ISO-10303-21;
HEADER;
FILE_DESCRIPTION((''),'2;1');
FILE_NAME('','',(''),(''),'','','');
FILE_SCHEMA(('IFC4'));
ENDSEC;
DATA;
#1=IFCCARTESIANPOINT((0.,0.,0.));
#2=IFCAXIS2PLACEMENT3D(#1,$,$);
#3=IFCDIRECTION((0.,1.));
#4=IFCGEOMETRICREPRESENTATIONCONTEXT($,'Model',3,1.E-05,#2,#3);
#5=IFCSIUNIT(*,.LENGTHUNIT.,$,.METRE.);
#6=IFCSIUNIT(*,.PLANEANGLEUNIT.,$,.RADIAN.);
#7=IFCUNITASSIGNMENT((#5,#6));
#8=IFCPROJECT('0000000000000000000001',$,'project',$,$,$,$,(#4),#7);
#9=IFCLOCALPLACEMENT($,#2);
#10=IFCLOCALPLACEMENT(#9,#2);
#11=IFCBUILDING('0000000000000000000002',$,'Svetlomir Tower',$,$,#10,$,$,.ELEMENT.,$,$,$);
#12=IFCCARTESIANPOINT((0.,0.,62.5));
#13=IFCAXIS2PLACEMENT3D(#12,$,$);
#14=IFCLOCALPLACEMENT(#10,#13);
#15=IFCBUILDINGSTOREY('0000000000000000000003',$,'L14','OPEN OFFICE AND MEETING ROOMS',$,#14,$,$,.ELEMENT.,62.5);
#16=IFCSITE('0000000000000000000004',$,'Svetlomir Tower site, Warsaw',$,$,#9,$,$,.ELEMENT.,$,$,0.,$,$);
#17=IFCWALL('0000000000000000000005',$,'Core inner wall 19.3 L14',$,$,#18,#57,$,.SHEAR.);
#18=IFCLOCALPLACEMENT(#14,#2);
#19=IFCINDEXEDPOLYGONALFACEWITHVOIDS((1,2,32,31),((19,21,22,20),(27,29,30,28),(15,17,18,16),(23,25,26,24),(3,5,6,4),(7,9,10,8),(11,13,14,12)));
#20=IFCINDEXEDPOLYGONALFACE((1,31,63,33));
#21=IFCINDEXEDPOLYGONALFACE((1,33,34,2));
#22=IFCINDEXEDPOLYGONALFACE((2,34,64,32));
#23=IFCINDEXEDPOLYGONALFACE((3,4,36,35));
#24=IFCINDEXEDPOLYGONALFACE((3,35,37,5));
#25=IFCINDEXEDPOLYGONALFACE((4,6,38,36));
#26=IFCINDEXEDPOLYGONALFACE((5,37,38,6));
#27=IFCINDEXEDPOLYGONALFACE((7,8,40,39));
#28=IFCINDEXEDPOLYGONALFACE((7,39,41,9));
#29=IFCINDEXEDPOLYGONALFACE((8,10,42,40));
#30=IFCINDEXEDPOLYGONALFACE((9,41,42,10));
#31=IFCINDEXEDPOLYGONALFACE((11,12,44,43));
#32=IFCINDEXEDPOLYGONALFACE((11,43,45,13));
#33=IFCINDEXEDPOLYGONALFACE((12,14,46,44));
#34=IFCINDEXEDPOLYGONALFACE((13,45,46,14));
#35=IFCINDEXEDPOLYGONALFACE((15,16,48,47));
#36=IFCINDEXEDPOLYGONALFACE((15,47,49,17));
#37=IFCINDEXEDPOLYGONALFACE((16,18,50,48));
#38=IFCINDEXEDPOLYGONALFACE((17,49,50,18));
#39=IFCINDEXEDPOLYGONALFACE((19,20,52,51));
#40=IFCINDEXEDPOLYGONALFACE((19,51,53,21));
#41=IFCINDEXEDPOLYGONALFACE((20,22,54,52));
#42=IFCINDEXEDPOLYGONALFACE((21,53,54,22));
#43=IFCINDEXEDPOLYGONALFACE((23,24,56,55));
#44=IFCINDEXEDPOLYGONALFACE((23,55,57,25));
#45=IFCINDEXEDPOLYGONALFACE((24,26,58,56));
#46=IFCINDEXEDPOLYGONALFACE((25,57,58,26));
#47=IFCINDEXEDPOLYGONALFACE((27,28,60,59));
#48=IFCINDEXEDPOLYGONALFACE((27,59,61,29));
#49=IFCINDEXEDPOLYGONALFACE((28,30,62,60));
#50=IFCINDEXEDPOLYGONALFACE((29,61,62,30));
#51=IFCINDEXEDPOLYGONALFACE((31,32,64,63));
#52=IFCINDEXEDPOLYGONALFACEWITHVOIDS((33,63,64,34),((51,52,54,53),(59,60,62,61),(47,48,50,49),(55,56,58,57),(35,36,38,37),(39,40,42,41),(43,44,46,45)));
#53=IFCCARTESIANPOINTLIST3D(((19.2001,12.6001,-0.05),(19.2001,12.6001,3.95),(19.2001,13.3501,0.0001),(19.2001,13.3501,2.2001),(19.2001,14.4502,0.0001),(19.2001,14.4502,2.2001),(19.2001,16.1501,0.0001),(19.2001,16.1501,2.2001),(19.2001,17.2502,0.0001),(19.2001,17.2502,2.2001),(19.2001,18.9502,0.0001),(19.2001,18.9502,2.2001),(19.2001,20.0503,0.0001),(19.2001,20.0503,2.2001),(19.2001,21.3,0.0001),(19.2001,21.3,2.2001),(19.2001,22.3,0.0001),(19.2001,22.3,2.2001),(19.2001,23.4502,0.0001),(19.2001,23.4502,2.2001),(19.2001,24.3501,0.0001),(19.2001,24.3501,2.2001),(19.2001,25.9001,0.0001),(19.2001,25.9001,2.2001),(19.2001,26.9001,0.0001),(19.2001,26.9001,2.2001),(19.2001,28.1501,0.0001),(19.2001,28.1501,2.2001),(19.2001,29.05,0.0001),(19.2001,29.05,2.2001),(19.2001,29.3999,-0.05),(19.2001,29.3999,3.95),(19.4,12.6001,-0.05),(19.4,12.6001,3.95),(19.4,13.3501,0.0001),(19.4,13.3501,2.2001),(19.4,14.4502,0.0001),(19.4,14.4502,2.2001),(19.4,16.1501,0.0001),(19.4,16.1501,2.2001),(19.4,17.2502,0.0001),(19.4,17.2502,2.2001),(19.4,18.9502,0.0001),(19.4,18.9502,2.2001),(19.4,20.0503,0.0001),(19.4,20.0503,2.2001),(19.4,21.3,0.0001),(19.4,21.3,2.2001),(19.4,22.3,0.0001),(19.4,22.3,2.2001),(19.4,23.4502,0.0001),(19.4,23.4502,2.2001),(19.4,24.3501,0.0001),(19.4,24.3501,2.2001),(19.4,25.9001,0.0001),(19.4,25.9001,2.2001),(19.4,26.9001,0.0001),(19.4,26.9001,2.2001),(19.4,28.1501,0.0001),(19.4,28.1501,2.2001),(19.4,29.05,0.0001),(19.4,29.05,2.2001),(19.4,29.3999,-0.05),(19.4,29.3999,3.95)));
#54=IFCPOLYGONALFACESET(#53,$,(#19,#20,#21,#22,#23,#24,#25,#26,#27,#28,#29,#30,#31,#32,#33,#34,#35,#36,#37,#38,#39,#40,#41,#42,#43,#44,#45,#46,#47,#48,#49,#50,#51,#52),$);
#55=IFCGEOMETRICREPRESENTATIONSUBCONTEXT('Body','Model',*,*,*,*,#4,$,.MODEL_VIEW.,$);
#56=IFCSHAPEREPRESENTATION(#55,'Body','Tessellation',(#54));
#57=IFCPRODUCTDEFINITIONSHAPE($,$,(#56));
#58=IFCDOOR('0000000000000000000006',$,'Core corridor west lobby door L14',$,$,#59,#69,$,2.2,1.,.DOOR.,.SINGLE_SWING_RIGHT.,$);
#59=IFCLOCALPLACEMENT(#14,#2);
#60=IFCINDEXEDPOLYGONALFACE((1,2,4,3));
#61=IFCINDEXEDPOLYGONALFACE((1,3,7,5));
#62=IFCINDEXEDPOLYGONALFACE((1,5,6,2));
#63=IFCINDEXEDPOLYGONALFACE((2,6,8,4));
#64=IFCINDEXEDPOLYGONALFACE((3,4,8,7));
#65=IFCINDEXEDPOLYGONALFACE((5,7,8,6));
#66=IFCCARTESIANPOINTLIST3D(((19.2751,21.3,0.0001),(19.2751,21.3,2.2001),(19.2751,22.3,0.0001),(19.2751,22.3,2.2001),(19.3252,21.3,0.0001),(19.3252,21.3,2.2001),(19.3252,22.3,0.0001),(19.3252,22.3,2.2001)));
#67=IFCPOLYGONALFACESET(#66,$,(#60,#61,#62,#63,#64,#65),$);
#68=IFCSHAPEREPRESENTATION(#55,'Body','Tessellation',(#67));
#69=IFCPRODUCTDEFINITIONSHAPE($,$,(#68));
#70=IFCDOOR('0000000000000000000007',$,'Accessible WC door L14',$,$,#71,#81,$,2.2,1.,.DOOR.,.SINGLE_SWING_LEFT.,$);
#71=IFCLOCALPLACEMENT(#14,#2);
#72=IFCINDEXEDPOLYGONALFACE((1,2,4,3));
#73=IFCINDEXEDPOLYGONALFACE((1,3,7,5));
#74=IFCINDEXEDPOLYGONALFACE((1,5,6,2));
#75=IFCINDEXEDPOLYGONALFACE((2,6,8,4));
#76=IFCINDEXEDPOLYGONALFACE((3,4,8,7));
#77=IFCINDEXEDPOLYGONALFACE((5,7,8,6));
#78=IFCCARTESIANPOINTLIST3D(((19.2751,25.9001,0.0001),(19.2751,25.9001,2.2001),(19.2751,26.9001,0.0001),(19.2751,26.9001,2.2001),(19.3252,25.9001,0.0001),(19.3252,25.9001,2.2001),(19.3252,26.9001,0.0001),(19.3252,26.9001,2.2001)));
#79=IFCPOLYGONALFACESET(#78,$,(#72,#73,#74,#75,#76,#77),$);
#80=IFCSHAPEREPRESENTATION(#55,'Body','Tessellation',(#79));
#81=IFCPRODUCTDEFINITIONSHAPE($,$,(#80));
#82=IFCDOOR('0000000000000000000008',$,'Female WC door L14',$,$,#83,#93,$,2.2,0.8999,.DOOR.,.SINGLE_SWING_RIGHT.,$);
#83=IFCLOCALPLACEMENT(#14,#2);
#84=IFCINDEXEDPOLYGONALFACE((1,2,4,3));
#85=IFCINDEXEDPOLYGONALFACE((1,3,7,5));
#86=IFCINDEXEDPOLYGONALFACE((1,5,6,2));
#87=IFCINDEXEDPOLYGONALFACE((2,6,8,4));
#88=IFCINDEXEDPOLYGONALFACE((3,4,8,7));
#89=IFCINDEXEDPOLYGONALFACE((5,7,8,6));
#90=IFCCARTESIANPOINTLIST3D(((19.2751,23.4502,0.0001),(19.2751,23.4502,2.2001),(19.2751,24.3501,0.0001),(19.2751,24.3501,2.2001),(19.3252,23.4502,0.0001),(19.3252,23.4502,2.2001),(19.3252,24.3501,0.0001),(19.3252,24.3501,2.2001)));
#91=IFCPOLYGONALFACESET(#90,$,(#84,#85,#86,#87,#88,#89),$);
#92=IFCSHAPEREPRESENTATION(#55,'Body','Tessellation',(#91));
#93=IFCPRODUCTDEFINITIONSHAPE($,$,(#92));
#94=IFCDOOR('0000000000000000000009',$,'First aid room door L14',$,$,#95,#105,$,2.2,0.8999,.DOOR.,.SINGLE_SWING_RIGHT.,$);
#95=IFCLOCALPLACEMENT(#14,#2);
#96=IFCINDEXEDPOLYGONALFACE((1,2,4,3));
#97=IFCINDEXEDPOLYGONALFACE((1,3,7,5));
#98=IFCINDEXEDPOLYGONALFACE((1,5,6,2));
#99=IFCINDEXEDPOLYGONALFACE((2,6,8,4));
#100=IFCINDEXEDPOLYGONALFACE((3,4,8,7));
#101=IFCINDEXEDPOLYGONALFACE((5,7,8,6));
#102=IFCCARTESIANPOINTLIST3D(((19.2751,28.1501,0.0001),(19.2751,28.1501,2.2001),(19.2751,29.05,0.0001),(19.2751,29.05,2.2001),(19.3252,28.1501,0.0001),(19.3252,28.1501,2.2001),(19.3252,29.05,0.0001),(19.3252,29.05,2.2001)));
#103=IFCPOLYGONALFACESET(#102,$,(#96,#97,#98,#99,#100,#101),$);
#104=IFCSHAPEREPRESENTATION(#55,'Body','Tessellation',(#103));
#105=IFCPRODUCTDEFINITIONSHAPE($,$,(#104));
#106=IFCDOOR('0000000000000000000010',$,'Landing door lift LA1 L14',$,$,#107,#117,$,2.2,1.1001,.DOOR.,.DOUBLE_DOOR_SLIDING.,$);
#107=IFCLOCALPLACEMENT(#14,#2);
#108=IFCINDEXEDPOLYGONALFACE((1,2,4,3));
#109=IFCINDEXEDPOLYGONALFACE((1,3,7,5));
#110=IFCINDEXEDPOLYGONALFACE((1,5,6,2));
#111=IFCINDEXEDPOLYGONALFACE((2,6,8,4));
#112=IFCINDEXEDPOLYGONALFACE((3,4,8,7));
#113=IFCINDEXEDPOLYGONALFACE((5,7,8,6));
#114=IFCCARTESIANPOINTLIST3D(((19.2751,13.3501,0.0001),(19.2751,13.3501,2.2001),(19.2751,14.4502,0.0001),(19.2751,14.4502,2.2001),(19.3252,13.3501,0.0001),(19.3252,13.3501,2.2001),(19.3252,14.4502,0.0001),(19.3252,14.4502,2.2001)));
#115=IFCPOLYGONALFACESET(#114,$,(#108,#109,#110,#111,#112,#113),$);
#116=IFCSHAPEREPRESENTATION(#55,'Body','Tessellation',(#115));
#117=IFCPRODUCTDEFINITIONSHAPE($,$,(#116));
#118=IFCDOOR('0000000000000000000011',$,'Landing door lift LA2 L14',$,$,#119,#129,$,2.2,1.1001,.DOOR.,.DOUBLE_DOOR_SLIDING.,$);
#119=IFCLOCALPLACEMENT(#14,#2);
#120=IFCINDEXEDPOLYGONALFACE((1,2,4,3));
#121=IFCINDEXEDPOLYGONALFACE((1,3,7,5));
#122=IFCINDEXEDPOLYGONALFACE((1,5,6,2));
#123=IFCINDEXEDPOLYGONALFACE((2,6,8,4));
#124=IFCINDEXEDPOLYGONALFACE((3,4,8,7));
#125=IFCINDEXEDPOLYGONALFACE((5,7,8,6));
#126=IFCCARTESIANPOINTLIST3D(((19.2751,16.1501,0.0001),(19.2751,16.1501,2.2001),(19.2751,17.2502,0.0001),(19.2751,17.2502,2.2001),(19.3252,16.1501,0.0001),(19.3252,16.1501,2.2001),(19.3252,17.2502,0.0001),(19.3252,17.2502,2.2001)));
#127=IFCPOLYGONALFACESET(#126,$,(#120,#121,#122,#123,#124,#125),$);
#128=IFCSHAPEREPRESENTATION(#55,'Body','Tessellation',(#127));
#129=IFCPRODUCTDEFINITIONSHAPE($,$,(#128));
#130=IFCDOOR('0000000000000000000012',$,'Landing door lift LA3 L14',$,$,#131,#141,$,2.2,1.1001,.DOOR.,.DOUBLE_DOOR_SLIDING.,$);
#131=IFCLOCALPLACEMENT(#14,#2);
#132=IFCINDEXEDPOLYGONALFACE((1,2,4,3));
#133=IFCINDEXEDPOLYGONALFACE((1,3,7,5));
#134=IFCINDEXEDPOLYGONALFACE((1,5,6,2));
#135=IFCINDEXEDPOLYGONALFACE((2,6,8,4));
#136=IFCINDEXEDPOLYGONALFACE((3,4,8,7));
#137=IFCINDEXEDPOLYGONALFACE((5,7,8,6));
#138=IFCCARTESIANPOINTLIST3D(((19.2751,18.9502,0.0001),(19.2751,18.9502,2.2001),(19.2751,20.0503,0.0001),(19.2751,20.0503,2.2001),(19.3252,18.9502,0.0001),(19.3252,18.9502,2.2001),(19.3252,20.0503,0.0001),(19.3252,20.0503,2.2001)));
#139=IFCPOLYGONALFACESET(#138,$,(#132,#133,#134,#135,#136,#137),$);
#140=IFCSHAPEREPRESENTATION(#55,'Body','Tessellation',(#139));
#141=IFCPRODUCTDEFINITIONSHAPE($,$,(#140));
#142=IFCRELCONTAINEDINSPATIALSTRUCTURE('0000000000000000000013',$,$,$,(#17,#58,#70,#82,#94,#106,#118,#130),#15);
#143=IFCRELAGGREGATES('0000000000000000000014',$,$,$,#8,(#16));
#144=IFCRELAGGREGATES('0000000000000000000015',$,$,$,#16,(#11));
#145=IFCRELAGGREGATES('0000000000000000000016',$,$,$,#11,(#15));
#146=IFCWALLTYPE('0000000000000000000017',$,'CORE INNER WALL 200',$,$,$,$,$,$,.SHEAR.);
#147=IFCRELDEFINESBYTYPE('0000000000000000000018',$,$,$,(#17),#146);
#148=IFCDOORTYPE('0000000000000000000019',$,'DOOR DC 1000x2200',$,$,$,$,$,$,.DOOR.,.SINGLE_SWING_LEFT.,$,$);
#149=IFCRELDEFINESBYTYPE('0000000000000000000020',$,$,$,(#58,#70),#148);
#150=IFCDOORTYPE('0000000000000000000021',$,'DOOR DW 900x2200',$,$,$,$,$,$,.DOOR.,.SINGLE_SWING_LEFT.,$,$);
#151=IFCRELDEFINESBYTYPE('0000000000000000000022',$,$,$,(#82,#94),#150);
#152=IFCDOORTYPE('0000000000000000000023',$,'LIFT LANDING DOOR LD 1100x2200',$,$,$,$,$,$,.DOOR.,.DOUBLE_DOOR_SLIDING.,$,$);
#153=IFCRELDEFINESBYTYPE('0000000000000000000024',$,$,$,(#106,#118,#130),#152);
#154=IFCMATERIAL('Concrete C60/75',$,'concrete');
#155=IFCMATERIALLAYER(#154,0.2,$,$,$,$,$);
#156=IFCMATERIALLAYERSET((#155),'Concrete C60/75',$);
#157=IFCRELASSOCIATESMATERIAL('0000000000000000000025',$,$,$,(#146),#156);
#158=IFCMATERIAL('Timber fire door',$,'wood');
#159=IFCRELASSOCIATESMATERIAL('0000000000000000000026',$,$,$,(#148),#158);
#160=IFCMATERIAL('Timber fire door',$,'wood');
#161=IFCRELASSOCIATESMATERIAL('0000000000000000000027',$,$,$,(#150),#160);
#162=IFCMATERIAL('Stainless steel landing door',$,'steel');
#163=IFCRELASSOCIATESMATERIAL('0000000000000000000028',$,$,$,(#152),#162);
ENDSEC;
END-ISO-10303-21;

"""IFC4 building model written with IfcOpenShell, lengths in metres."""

from ifc_helpers import new_model, si_unit, direction, frame, frame_2d, origin, place, context, subcontext, project, spatial, rectangle, extrude, material, layer, layer_set, type_object, element, fill, save


model = new_model("IFC4")

# Units and contexts
model_context = context("Model", 3, precision=1e-05, world=origin(), true_north=direction((0.0, 1.0)))
body_context = subcontext(model_context, "Body", "Model", "MODEL_VIEW")
ifc_project = project(units=[si_unit("LENGTHUNIT", "METRE"), si_unit("PLANEANGLEUNIT", "RADIAN")], contexts=[model_context])

# Site, building, storey
site_placement = place(None, origin())
site = spatial("IfcSite", under=ifc_project, at=site_placement, Name="Svetlomir Tower site, Warsaw", CompositionType="ELEMENT", RefElevation=0.0)
building_placement = place(site_placement, origin())
building = spatial("IfcBuilding", under=site, at=building_placement, Name="Svetlomir Tower", CompositionType="ELEMENT")
storey_placement = place(building_placement, frame((0.0, 0.0, 62.5)))
storey = spatial("IfcBuildingStorey", under=building, at=storey_placement, Name="L14", Description="OPEN OFFICE AND MEETING ROOMS", CompositionType="ELEMENT", Elevation=62.5)

# Wall, openings, doors
ifc_material_1 = material(Name="Concrete C60/75", Category="concrete")
ifc_layer_1 = layer(ifc_material_1, 0.2)
ifc_layer_set_1 = layer_set([ifc_layer_1], Name="Concrete C60/75")
wall_type_1 = type_object("IfcWallType", Name="CORE INNER WALL 200", PredefinedType="SHEAR", material=ifc_layer_set_1)
wall_1_placement = place(storey_placement, frame((19.3, 12.6001, -0.05), z_axis=(0.0, 0.0, 1.0), x_axis=(0.0, 1.0, 0.0)))
wall_1 = element("IfcWall", 1, at=wall_1_placement, inside=storey, type_object=wall_type_1, Name="Core inner wall 19.3 L14", PredefinedType="SHEAR", context=body_context, shape_type="SweptSolid", body=[
    extrude(rectangle(XDim=16.7998, YDim=0.2, at=frame_2d((8.3999, 0.0))), origin(), (0.0, 0.0, 1.0), 4.0),
])
opening_1_placement = place(wall_1_placement, frame((8.7, 0.0, 0.05)))
opening_1 = element("IfcOpeningElement", 2, at=opening_1_placement, cuts=wall_1, PredefinedType="OPENING", context=body_context, shape_type="SweptSolid", body=[
    extrude(rectangle(XDim=1.0, YDim=2.2, at=frame_2d((0.5, 1.1001))), frame((0.0, 0.1099, 0.0), z_axis=(0.0, -1.0, 0.0), x_axis=(1.0, 0.0, 0.0)), (0.0, 0.0, 1.0), 0.22),
])
opening_2_placement = place(wall_1_placement, frame((10.8501, 0.0, 0.05)))
opening_2 = element("IfcOpeningElement", 3, at=opening_2_placement, cuts=wall_1, PredefinedType="OPENING", context=body_context, shape_type="SweptSolid", body=[
    extrude(rectangle(XDim=0.8999, YDim=2.2, at=frame_2d((0.45, 1.1001))), frame((0.0, 0.1099, 0.0), z_axis=(0.0, -1.0, 0.0), x_axis=(1.0, 0.0, 0.0)), (0.0, 0.0, 1.0), 0.22),
])
opening_3_placement = place(wall_1_placement, frame((13.3, 0.0, 0.05)))
opening_3 = element("IfcOpeningElement", 4, at=opening_3_placement, cuts=wall_1, PredefinedType="OPENING", context=body_context, shape_type="SweptSolid", body=[
    extrude(rectangle(XDim=1.0, YDim=2.2, at=frame_2d((0.5, 1.1001))), frame((0.0, 0.1099, 0.0), z_axis=(0.0, -1.0, 0.0), x_axis=(1.0, 0.0, 0.0)), (0.0, 0.0, 1.0), 0.22),
])
opening_4_placement = place(wall_1_placement, frame((15.55, 0.0, 0.05)))
opening_4 = element("IfcOpeningElement", 5, at=opening_4_placement, cuts=wall_1, PredefinedType="OPENING", context=body_context, shape_type="SweptSolid", body=[
    extrude(rectangle(XDim=0.8999, YDim=2.2, at=frame_2d((0.45, 1.1001))), frame((0.0, 0.1099, 0.0), z_axis=(0.0, -1.0, 0.0), x_axis=(1.0, 0.0, 0.0)), (0.0, 0.0, 1.0), 0.22),
])
opening_5_placement = place(wall_1_placement, frame((0.75, 0.0, 0.05)))
opening_5 = element("IfcOpeningElement", 6, at=opening_5_placement, cuts=wall_1, PredefinedType="OPENING", context=body_context, shape_type="SweptSolid", body=[
    extrude(rectangle(XDim=1.1001, YDim=2.2, at=frame_2d((0.55, 1.1001))), frame((0.0, 0.1099, 0.0), z_axis=(0.0, -1.0, 0.0), x_axis=(1.0, 0.0, 0.0)), (0.0, 0.0, 1.0), 0.22),
])
opening_6_placement = place(wall_1_placement, frame((3.55, 0.0, 0.05)))
opening_6 = element("IfcOpeningElement", 7, at=opening_6_placement, cuts=wall_1, PredefinedType="OPENING", context=body_context, shape_type="SweptSolid", body=[
    extrude(rectangle(XDim=1.1001, YDim=2.2, at=frame_2d((0.55, 1.1001))), frame((0.0, 0.1099, 0.0), z_axis=(0.0, -1.0, 0.0), x_axis=(1.0, 0.0, 0.0)), (0.0, 0.0, 1.0), 0.22),
])
opening_7_placement = place(wall_1_placement, frame((6.3501, 0.0, 0.05)))
opening_7 = element("IfcOpeningElement", 8, at=opening_7_placement, cuts=wall_1, PredefinedType="OPENING", context=body_context, shape_type="SweptSolid", body=[
    extrude(rectangle(XDim=1.1001, YDim=2.2, at=frame_2d((0.55, 1.1001))), frame((0.0, 0.1099, 0.0), z_axis=(0.0, -1.0, 0.0), x_axis=(1.0, 0.0, 0.0)), (0.0, 0.0, 1.0), 0.22),
])
ifc_material_2 = material(Name="Timber fire door", Category="wood")
door_type_1 = type_object("IfcDoorType", Name="DOOR DC 1000x2200", OperationType="SINGLE_SWING_LEFT", PredefinedType="DOOR", material=ifc_material_2)
door_1_placement = place(opening_1_placement, origin())
door_1 = element("IfcDoor", 9, at=door_1_placement, inside=storey, type_object=door_type_1, Name="Core corridor west lobby door L14", OperationType="SINGLE_SWING_RIGHT", OverallHeight=2.2, OverallWidth=1.0, PredefinedType="DOOR", context=body_context, shape_type="SweptSolid", body=[
    extrude(rectangle(XDim=1.0, YDim=2.2, at=frame_2d((0.5, 1.1001))), frame((0.0, 0.0249, 0.0), z_axis=(0.0, -1.0, 0.0), x_axis=(1.0, 0.0, 0.0)), (0.0, 0.0, 1.0), 0.05),
])
fill(opening_1, door_1)
door_2_placement = place(opening_3_placement, origin())
door_2 = element("IfcDoor", 10, at=door_2_placement, inside=storey, type_object=door_type_1, Name="Accessible WC door L14", OperationType="SINGLE_SWING_LEFT", OverallHeight=2.2, OverallWidth=1.0, PredefinedType="DOOR", context=body_context, shape_type="SweptSolid", body=[
    extrude(rectangle(XDim=1.0, YDim=2.2, at=frame_2d((0.5, 1.1001))), frame((0.0, 0.0249, 0.0), z_axis=(0.0, -1.0, 0.0), x_axis=(1.0, 0.0, 0.0)), (0.0, 0.0, 1.0), 0.05),
])
fill(opening_3, door_2)
ifc_material_3 = material(Name="Timber fire door", Category="wood")
door_type_2 = type_object("IfcDoorType", Name="DOOR DW 900x2200", OperationType="SINGLE_SWING_LEFT", PredefinedType="DOOR", material=ifc_material_3)
door_3_placement = place(opening_2_placement, origin())
door_3 = element("IfcDoor", 11, at=door_3_placement, inside=storey, type_object=door_type_2, Name="Female WC door L14", OperationType="SINGLE_SWING_RIGHT", OverallHeight=2.2, OverallWidth=0.8999, PredefinedType="DOOR", context=body_context, shape_type="SweptSolid", body=[
    extrude(rectangle(XDim=0.8999, YDim=2.2, at=frame_2d((0.45, 1.1001))), frame((0.0, 0.0249, 0.0), z_axis=(0.0, -1.0, 0.0), x_axis=(1.0, 0.0, 0.0)), (0.0, 0.0, 1.0), 0.05),
])
fill(opening_2, door_3)
door_4_placement = place(opening_4_placement, origin())
door_4 = element("IfcDoor", 12, at=door_4_placement, inside=storey, type_object=door_type_2, Name="First aid room door L14", OperationType="SINGLE_SWING_RIGHT", OverallHeight=2.2, OverallWidth=0.8999, PredefinedType="DOOR", context=body_context, shape_type="SweptSolid", body=[
    extrude(rectangle(XDim=0.8999, YDim=2.2, at=frame_2d((0.45, 1.1001))), frame((0.0, 0.0249, 0.0), z_axis=(0.0, -1.0, 0.0), x_axis=(1.0, 0.0, 0.0)), (0.0, 0.0, 1.0), 0.05),
])
fill(opening_4, door_4)
ifc_material_4 = material(Name="Stainless steel landing door", Category="steel")
door_type_3 = type_object("IfcDoorType", Name="LIFT LANDING DOOR LD 1100x2200", OperationType="DOUBLE_DOOR_SLIDING", PredefinedType="DOOR", material=ifc_material_4)
door_5_placement = place(opening_5_placement, origin())
door_5 = element("IfcDoor", 13, at=door_5_placement, inside=storey, type_object=door_type_3, Name="Landing door lift LA1 L14", OperationType="DOUBLE_DOOR_SLIDING", OverallHeight=2.2, OverallWidth=1.1001, PredefinedType="DOOR", context=body_context, shape_type="SweptSolid", body=[
    extrude(rectangle(XDim=1.1001, YDim=2.2, at=frame_2d((0.55, 1.1001))), frame((0.0, 0.0249, 0.0), z_axis=(0.0, -1.0, 0.0), x_axis=(1.0, 0.0, 0.0)), (0.0, 0.0, 1.0), 0.05),
])
fill(opening_5, door_5)
door_6_placement = place(opening_6_placement, origin())
door_6 = element("IfcDoor", 14, at=door_6_placement, inside=storey, type_object=door_type_3, Name="Landing door lift LA2 L14", OperationType="DOUBLE_DOOR_SLIDING", OverallHeight=2.2, OverallWidth=1.1001, PredefinedType="DOOR", context=body_context, shape_type="SweptSolid", body=[
    extrude(rectangle(XDim=1.1001, YDim=2.2, at=frame_2d((0.55, 1.1001))), frame((0.0, 0.0249, 0.0), z_axis=(0.0, -1.0, 0.0), x_axis=(1.0, 0.0, 0.0)), (0.0, 0.0, 1.0), 0.05),
])
fill(opening_6, door_6)
door_7_placement = place(opening_7_placement, origin())
door_7 = element("IfcDoor", 15, at=door_7_placement, inside=storey, type_object=door_type_3, Name="Landing door lift LA3 L14", OperationType="DOUBLE_DOOR_SLIDING", OverallHeight=2.2, OverallWidth=1.1001, PredefinedType="DOOR", context=body_context, shape_type="SweptSolid", body=[
    extrude(rectangle(XDim=1.1001, YDim=2.2, at=frame_2d((0.55, 1.1001))), frame((0.0, 0.0249, 0.0), z_axis=(0.0, -1.0, 0.0), x_axis=(1.0, 0.0, 0.0)), (0.0, 0.0, 1.0), 0.05),
])
fill(opening_7, door_7)

save(model, "model.ifc")
